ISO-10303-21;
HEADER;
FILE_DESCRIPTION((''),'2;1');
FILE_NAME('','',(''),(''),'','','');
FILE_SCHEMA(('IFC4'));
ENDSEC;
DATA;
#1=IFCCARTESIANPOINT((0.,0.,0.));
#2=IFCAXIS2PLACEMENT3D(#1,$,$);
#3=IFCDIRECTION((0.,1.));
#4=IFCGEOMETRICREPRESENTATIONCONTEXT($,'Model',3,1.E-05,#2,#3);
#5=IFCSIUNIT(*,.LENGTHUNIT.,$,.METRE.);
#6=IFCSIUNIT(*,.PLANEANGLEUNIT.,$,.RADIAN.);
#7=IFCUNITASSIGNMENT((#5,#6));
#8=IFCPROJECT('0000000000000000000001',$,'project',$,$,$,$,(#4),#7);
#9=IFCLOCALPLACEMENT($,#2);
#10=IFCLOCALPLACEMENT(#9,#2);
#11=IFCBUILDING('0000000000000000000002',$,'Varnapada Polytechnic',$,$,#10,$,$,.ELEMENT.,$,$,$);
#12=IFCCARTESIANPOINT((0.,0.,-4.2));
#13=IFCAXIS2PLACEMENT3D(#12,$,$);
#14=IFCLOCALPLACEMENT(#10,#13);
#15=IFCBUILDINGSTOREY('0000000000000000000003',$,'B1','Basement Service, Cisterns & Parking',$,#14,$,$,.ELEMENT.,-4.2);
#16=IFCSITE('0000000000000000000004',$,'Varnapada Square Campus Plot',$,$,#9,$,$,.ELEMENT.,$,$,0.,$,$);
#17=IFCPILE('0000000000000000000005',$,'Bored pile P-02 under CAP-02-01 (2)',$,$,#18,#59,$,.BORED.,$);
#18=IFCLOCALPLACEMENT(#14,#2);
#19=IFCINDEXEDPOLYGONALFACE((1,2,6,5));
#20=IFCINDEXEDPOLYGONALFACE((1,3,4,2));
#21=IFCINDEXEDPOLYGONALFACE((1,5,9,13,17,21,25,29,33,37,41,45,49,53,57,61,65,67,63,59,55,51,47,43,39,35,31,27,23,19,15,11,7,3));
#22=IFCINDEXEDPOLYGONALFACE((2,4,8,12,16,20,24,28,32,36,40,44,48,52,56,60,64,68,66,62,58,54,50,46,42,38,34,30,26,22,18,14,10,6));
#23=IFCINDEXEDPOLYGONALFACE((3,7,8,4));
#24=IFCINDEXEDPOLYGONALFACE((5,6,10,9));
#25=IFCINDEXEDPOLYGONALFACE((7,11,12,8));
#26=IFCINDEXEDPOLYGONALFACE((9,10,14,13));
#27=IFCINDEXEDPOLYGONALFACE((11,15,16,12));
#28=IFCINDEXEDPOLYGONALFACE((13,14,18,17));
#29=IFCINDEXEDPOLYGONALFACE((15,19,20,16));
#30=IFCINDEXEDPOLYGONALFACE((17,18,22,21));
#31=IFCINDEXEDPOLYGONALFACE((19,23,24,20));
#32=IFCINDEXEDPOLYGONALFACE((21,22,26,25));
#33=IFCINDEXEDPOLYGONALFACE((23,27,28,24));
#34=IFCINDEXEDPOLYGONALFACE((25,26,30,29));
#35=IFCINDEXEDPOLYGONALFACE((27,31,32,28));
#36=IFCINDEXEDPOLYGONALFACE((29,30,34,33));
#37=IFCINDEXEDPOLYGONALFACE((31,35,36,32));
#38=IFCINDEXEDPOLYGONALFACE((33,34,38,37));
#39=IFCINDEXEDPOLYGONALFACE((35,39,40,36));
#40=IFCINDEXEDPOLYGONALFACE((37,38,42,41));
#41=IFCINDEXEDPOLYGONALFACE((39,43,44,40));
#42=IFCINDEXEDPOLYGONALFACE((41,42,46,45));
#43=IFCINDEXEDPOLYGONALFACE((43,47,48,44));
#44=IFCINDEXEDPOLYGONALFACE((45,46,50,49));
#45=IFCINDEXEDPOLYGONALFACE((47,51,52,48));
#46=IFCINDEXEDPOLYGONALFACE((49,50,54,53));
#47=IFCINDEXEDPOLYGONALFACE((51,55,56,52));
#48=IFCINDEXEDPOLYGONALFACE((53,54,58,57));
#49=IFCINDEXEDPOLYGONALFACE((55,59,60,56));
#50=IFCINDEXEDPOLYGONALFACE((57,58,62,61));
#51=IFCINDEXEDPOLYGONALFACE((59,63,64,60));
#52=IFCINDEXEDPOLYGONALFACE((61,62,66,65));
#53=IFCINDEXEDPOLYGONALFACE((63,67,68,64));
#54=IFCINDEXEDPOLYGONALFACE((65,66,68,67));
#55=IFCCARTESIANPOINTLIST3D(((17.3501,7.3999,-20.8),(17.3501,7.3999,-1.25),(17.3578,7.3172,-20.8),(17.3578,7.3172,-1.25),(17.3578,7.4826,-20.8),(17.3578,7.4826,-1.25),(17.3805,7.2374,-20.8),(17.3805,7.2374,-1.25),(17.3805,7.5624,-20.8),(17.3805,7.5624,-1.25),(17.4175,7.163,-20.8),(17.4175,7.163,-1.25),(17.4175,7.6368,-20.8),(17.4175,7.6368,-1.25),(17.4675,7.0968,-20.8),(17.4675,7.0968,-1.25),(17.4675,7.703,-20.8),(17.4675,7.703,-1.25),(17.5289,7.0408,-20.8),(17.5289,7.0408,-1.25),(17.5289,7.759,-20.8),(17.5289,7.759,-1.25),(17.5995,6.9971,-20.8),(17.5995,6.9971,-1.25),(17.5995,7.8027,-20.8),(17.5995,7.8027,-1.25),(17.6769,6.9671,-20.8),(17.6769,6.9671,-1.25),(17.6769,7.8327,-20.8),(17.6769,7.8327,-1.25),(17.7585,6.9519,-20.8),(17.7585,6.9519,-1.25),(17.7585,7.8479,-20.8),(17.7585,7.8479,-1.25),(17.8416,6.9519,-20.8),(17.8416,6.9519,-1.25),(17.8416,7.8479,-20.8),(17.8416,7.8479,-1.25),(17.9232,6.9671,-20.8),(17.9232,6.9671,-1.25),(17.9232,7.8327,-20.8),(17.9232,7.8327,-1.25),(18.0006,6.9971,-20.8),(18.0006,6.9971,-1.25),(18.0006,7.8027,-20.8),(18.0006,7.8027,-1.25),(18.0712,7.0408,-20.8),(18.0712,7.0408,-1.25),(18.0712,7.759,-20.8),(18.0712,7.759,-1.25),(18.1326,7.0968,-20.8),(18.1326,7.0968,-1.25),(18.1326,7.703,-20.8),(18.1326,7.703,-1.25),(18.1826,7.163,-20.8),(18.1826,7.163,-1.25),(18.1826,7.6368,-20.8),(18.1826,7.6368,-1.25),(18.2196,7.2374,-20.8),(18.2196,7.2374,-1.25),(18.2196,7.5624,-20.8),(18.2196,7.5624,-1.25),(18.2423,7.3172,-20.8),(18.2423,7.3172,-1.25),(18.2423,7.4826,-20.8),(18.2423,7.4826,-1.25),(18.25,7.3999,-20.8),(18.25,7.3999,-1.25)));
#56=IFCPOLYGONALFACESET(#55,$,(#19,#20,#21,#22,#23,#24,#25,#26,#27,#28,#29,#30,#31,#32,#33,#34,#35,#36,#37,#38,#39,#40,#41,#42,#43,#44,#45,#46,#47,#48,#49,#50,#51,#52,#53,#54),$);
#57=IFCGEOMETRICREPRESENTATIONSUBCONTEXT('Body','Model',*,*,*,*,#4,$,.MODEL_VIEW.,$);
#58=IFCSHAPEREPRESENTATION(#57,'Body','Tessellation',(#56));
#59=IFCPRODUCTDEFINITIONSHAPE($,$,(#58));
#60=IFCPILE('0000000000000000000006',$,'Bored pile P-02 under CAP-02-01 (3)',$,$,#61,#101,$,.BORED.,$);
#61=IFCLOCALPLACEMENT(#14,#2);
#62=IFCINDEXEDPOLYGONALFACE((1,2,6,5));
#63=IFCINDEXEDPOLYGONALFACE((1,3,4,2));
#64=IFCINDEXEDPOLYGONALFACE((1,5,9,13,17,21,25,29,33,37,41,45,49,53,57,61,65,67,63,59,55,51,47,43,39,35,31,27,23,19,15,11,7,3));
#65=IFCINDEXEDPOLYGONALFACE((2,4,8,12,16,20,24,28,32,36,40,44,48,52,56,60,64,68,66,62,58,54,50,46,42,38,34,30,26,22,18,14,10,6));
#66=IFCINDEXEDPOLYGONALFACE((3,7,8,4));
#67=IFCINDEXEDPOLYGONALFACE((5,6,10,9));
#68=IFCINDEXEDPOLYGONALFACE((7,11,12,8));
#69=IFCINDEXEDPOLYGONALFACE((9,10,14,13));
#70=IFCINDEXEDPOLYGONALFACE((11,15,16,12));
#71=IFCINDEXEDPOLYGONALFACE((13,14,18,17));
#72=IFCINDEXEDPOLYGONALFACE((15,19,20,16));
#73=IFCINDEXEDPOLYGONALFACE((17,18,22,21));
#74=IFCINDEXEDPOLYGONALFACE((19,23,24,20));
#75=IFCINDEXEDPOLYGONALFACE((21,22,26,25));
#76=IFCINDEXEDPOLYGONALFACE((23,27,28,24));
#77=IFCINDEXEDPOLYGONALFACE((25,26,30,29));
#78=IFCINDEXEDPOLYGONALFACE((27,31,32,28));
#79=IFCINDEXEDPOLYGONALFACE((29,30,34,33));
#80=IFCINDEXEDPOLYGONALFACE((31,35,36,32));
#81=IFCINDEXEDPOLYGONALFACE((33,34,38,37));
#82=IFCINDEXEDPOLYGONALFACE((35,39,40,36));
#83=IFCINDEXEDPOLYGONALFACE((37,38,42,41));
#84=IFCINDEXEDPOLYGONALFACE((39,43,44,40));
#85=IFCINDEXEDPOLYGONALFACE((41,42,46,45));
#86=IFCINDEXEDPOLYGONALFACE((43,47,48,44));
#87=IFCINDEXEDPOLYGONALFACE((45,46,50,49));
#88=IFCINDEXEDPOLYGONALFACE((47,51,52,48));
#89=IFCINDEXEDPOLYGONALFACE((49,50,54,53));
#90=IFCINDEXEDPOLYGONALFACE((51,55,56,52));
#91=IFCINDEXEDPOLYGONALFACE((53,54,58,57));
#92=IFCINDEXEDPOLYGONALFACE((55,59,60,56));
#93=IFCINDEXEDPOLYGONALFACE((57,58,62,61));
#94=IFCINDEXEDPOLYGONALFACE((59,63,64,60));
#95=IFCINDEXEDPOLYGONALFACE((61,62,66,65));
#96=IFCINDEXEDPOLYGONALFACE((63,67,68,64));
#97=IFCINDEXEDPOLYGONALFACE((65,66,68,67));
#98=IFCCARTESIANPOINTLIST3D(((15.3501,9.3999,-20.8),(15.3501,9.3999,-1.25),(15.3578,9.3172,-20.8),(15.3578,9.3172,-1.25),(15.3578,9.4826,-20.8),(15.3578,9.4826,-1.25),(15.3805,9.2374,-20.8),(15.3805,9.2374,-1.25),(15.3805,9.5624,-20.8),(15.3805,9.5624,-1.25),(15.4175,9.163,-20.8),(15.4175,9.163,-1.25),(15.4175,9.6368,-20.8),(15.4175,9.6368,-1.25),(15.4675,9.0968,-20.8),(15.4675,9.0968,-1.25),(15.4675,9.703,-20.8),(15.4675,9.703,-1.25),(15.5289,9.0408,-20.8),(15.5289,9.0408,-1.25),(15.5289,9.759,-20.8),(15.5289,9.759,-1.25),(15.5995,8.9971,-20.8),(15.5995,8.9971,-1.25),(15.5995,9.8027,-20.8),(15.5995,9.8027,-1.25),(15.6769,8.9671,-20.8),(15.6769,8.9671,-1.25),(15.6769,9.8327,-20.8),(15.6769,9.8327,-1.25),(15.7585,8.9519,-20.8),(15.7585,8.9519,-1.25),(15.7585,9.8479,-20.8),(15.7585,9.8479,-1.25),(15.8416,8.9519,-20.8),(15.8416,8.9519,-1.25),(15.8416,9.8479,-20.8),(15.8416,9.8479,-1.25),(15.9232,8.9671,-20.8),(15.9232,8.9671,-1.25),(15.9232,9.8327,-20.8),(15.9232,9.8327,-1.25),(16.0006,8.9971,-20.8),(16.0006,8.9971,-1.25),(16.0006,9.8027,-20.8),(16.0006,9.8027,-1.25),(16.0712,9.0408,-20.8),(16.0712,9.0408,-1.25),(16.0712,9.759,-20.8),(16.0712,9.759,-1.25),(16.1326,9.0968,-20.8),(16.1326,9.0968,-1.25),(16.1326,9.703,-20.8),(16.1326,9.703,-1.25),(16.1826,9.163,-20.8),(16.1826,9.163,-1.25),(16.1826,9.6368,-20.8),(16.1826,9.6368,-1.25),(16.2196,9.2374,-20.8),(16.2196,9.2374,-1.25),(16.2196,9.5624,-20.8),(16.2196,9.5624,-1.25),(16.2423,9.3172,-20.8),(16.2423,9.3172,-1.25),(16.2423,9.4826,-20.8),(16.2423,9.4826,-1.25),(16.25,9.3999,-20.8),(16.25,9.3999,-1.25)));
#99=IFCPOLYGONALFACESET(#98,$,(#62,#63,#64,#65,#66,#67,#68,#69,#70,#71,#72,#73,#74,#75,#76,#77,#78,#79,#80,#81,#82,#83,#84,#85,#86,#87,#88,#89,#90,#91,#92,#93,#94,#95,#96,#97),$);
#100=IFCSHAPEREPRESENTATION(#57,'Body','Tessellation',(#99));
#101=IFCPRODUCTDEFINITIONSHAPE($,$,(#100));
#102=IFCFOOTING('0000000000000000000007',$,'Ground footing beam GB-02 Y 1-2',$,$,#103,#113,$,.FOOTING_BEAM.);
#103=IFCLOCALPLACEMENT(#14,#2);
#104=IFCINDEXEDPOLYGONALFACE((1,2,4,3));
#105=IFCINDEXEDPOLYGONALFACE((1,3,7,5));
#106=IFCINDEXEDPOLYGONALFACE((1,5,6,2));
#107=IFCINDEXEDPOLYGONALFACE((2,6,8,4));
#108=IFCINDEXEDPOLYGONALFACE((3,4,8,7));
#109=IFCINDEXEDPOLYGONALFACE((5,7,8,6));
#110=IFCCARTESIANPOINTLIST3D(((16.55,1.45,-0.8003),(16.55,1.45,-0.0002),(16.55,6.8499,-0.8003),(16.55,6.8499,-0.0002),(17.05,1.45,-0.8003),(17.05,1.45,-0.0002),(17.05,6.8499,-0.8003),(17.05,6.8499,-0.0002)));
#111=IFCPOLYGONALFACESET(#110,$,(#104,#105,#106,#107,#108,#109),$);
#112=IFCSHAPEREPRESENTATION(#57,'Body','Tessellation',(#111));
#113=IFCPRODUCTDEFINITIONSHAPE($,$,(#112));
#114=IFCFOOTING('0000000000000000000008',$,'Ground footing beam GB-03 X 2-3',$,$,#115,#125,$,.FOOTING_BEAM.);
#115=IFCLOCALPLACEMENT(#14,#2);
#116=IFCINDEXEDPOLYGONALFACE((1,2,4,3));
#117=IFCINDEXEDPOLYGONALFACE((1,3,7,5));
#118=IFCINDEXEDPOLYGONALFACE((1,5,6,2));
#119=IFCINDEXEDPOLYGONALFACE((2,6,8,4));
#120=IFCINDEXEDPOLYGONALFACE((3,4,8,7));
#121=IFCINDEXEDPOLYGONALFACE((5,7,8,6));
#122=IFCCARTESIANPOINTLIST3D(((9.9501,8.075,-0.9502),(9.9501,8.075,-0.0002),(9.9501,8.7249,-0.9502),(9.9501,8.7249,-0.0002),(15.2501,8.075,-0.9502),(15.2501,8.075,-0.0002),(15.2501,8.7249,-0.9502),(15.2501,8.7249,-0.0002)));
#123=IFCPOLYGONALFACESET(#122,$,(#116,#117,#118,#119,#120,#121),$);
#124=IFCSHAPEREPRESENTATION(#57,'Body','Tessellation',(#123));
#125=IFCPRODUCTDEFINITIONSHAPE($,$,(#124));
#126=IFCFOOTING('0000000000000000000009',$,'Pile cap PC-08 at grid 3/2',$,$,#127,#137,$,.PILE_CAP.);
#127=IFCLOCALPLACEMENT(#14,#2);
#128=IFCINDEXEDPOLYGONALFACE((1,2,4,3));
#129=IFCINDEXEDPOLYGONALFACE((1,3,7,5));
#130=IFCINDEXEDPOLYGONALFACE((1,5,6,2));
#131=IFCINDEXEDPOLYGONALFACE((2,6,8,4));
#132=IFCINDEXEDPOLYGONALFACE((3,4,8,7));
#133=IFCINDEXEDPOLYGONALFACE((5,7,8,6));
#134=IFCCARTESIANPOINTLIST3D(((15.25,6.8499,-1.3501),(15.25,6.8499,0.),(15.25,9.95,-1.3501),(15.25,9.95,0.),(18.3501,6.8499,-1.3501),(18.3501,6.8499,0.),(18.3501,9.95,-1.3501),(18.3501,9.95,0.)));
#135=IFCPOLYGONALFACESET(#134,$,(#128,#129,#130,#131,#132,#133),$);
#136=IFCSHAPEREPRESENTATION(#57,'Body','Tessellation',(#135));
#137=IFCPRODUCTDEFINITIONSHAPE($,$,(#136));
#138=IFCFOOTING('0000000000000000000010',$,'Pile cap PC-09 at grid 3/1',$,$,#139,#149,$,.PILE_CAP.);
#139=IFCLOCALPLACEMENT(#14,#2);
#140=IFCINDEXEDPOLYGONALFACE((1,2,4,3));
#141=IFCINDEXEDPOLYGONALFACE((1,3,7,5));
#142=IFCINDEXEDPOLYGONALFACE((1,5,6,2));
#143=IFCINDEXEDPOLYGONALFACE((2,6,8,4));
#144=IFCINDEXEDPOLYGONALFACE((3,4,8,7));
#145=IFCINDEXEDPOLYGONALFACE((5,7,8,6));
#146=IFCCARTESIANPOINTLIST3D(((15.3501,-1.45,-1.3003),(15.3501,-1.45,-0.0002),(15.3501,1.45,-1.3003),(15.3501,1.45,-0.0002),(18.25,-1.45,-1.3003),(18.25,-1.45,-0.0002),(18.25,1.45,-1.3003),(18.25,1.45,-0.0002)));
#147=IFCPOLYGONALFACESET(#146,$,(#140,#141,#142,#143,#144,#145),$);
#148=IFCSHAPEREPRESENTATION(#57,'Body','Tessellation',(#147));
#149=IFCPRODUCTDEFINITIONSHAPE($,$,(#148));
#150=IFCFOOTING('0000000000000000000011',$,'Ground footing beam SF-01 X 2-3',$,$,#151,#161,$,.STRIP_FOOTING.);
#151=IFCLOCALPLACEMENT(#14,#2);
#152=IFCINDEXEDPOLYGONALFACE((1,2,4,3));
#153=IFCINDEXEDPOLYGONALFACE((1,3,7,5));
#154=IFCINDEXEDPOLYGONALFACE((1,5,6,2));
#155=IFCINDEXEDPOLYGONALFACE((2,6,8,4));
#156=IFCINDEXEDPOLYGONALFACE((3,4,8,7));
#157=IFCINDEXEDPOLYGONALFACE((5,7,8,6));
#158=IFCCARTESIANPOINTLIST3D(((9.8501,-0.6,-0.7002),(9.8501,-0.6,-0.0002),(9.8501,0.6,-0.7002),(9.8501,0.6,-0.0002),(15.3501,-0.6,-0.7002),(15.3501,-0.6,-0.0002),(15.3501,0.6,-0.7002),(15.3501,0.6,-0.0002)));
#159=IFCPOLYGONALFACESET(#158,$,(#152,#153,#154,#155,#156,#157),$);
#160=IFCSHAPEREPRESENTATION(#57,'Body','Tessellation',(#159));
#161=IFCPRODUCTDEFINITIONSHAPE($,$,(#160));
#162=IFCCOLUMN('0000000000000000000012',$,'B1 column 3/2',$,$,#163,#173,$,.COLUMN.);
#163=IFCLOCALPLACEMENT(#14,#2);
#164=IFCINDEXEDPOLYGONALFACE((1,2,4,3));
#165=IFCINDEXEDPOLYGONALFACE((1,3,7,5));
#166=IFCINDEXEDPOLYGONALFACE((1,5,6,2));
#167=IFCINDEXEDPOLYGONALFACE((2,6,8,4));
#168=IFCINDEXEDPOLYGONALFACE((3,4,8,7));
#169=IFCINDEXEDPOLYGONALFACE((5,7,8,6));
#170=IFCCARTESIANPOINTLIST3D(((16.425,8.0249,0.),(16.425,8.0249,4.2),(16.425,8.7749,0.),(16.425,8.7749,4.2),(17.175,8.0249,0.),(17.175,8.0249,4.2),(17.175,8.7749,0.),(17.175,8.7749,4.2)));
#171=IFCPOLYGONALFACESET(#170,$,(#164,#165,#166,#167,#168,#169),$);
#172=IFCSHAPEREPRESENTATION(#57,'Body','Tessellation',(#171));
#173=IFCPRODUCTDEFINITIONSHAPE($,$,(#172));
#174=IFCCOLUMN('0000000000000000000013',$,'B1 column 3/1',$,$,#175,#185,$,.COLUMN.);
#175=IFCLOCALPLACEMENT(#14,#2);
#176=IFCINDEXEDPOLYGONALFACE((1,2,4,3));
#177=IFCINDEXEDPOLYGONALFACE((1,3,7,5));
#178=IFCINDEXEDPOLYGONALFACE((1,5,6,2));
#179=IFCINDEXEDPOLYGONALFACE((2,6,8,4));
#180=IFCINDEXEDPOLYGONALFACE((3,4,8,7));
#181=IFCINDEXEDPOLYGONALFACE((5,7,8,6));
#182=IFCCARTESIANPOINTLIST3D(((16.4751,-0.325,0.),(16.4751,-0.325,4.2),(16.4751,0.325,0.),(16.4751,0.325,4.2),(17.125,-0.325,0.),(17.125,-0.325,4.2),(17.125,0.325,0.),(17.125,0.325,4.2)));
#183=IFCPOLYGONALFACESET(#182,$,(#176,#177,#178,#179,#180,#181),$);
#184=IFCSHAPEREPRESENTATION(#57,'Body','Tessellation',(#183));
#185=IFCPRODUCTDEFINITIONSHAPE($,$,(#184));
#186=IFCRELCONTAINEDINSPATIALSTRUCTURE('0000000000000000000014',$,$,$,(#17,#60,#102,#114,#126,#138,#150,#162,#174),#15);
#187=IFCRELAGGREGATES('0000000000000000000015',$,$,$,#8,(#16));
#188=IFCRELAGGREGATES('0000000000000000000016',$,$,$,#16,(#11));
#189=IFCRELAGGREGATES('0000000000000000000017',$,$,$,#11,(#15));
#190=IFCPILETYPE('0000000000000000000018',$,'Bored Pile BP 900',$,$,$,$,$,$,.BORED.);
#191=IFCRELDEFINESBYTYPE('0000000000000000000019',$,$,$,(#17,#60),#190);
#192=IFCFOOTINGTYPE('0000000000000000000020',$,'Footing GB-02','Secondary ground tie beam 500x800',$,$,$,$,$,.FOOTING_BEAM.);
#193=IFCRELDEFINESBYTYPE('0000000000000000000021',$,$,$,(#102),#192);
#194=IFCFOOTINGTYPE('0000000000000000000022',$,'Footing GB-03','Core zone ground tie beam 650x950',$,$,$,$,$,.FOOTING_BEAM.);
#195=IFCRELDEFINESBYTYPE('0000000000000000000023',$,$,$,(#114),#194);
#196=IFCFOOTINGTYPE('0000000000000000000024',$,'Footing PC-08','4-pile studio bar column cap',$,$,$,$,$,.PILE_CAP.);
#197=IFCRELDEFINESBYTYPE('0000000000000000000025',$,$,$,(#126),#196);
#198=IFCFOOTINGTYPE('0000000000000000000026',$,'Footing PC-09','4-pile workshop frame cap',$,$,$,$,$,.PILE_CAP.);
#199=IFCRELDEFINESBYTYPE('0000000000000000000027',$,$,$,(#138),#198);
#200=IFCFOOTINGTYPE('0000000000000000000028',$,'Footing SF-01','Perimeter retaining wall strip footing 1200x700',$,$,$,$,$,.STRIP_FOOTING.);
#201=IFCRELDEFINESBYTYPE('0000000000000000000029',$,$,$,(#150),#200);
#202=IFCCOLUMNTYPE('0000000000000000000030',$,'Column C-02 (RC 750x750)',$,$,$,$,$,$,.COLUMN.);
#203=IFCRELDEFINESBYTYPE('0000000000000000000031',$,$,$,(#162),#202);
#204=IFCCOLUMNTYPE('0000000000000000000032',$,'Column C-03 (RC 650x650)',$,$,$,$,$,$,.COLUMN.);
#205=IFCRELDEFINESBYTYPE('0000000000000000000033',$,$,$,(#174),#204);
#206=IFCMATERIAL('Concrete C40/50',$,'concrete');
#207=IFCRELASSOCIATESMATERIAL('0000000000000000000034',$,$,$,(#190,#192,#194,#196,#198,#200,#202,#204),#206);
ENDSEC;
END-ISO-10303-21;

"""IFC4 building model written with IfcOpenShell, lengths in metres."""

from ifc_helpers import new_model, si_unit, direction, frame, origin, origin_2d, place, context, subcontext, project, spatial, rectangle, circle, extrude, material, material_profile, profile_set, type_object, element, save


model = new_model("IFC4")

# Units and contexts
model_context = context("Model", 3, precision=1e-05, world=origin(), true_north=direction((0.0, 1.0)))
body_context = subcontext(model_context, "Body", "Model", "MODEL_VIEW")
ifc_project = project(units=[si_unit("LENGTHUNIT", "METRE"), si_unit("PLANEANGLEUNIT", "RADIAN")], contexts=[model_context])

# Site, building, storey
site_placement = place(None, origin())
site = spatial("IfcSite", under=ifc_project, at=site_placement, Name="Varnapada Square Campus Plot", CompositionType="ELEMENT", RefElevation=0.0)
building_placement = place(site_placement, origin())
building = spatial("IfcBuilding", under=site, at=building_placement, Name="Varnapada Polytechnic", CompositionType="ELEMENT")
storey_placement = place(building_placement, frame((0.0, 0.0, -4.2)))
storey = spatial("IfcBuildingStorey", under=building, at=storey_placement, Name="B1", Description="Basement Service, Cisterns & Parking", CompositionType="ELEMENT", Elevation=-4.2)

# Piles
ifc_material_1 = material(Name="Concrete C40/50", Category="concrete")
ifc_material_profile_1 = material_profile(ifc_material_1, circle(Radius=0.45, at=origin_2d()), Name="BP 900")
ifc_profile_set_1 = profile_set([ifc_material_profile_1], Name="Concrete C40/50")
pile_type_1 = type_object("IfcPileType", Name="Bored Pile BP 900", PredefinedType="BORED", material=ifc_profile_set_1)
for number, where, z_axis, x_axis, name in (
    (1, (17.8, 7.3999, -1.25), (0.0, 0.0, -1.0), (1.0, 0.0, 0.0), "Bored pile P-02 under CAP-02-01 (2)"),
    (2, (15.8, 9.3999, -1.25), (0.0, 0.0, -1.0), (1.0, 0.0, 0.0), "Bored pile P-02 under CAP-02-01 (3)"),
):
    element("IfcPile", number, at=place(storey_placement, frame(where, z_axis=z_axis, x_axis=x_axis)), inside=storey, type_object=pile_type_1, Name=name, PredefinedType="BORED", context=body_context, shape_type="SweptSolid", body=[
        extrude(circle(Radius=0.45, at=origin_2d()), origin(), (0.0, 0.0, 1.0), 19.55),
    ])

# Footings
footing_type_1 = type_object("IfcFootingType", Name="Footing GB-02", Description="Secondary ground tie beam 500x800", PredefinedType="FOOTING_BEAM", material=ifc_material_1)
footing_1_placement = place(storey_placement, frame((16.8, 4.1499, -0.8003), z_axis=(0.0, 0.0, 1.0), x_axis=(0.0, 1.0, 0.0)))
element("IfcFooting", 3, at=footing_1_placement, inside=storey, type_object=footing_type_1, Name="Ground footing beam GB-02 Y 1-2", PredefinedType="FOOTING_BEAM", context=body_context, shape_type="SweptSolid", body=[
    extrude(rectangle(XDim=5.3999, YDim=0.5, at=origin_2d()), origin(), (0.0, 0.0, 1.0), 0.8),
])
footing_type_2 = type_object("IfcFootingType", Name="Footing GB-03", Description="Core zone ground tie beam 650x950", PredefinedType="FOOTING_BEAM", material=ifc_material_1)
footing_2_placement = place(storey_placement, frame((12.6001, 8.3999, -0.9502), z_axis=(0.0, 0.0, 1.0), x_axis=(1.0, 0.0, 0.0)))
element("IfcFooting", 4, at=footing_2_placement, inside=storey, type_object=footing_type_2, Name="Ground footing beam GB-03 X 2-3", PredefinedType="FOOTING_BEAM", context=body_context, shape_type="SweptSolid", body=[
    extrude(rectangle(XDim=5.3, YDim=0.6499, at=origin_2d()), origin(), (0.0, 0.0, 1.0), 0.95),
])
footing_type_3 = type_object("IfcFootingType", Name="Footing PC-08", Description="4-pile studio bar column cap", PredefinedType="PILE_CAP", material=ifc_material_1)
footing_3_placement = place(storey_placement, frame((16.8, 8.3999, -1.3501), z_axis=(0.0, 0.0, 1.0), x_axis=(1.0, 0.0, 0.0)))
element("IfcFooting", 5, at=footing_3_placement, inside=storey, type_object=footing_type_3, Name="Pile cap PC-08 at grid 3/2", PredefinedType="PILE_CAP", context=body_context, shape_type="SweptSolid", body=[
    extrude(rectangle(XDim=3.1001, YDim=3.1001, at=origin_2d()), origin(), (0.0, 0.0, 1.0), 1.3501),
])
footing_type_4 = type_object("IfcFootingType", Name="Footing PC-09", Description="4-pile workshop frame cap", PredefinedType="PILE_CAP", material=ifc_material_1)
footing_4_placement = place(storey_placement, frame((16.8, 0.0, -1.3003), z_axis=(0.0, 0.0, 1.0), x_axis=(1.0, 0.0, 0.0)))
element("IfcFooting", 6, at=footing_4_placement, inside=storey, type_object=footing_type_4, Name="Pile cap PC-09 at grid 3/1", PredefinedType="PILE_CAP", context=body_context, shape_type="SweptSolid", body=[
    extrude(rectangle(XDim=2.8999, YDim=2.8999, at=origin_2d()), origin(), (0.0, 0.0, 1.0), 1.3),
])
footing_type_5 = type_object("IfcFootingType", Name="Footing SF-01", Description="Perimeter retaining wall strip footing 1200x700", PredefinedType="STRIP_FOOTING", material=ifc_material_1)
footing_5_placement = place(storey_placement, frame((12.6001, 0.0, -0.7002), z_axis=(0.0, 0.0, 1.0), x_axis=(1.0, 0.0, 0.0)))
element("IfcFooting", 7, at=footing_5_placement, inside=storey, type_object=footing_type_5, Name="Ground footing beam SF-01 X 2-3", PredefinedType="STRIP_FOOTING", context=body_context, shape_type="SweptSolid", body=[
    extrude(rectangle(XDim=5.5, YDim=1.2, at=origin_2d()), origin(), (0.0, 0.0, 1.0), 0.7),
])

# Columns
ifc_material_profile_2 = material_profile(ifc_material_1, rectangle(XDim=0.75, YDim=0.75, at=origin_2d()), Name="RC 750x750")
ifc_profile_set_2 = profile_set([ifc_material_profile_2], Name="Concrete C40/50")
column_type_1 = type_object("IfcColumnType", Name="Column C-02 (RC 750x750)", PredefinedType="COLUMN", material=ifc_profile_set_2)
column_1_placement = place(storey_placement, frame((16.8, 8.3999, 0.0), z_axis=(0.0, 0.0, 1.0), x_axis=(1.0, 0.0, 0.0)))
element("IfcColumn", 8, at=column_1_placement, inside=storey, type_object=column_type_1, Name="B1 column 3/2", PredefinedType="COLUMN", context=body_context, shape_type="SweptSolid", body=[
    extrude(rectangle(XDim=0.75, YDim=0.75, at=origin_2d()), origin(), (0.0, 0.0, 1.0), 4.2),
])
ifc_material_profile_3 = material_profile(ifc_material_1, rectangle(XDim=0.6499, YDim=0.6499, at=origin_2d()), Name="RC 650x650")
ifc_profile_set_3 = profile_set([ifc_material_profile_3], Name="Concrete C40/50")
column_type_2 = type_object("IfcColumnType", Name="Column C-03 (RC 650x650)", PredefinedType="COLUMN", material=ifc_profile_set_3)
column_2_placement = place(storey_placement, frame((16.8, 0.0, 0.0), z_axis=(0.0, 0.0, 1.0), x_axis=(1.0, 0.0, 0.0)))
element("IfcColumn", 9, at=column_2_placement, inside=storey, type_object=column_type_2, Name="B1 column 3/1", PredefinedType="COLUMN", context=body_context, shape_type="SweptSolid", body=[
    extrude(rectangle(XDim=0.6499, YDim=0.6499, at=origin_2d()), origin(), (0.0, 0.0, 1.0), 4.2),
])

save(model, "model.ifc")
